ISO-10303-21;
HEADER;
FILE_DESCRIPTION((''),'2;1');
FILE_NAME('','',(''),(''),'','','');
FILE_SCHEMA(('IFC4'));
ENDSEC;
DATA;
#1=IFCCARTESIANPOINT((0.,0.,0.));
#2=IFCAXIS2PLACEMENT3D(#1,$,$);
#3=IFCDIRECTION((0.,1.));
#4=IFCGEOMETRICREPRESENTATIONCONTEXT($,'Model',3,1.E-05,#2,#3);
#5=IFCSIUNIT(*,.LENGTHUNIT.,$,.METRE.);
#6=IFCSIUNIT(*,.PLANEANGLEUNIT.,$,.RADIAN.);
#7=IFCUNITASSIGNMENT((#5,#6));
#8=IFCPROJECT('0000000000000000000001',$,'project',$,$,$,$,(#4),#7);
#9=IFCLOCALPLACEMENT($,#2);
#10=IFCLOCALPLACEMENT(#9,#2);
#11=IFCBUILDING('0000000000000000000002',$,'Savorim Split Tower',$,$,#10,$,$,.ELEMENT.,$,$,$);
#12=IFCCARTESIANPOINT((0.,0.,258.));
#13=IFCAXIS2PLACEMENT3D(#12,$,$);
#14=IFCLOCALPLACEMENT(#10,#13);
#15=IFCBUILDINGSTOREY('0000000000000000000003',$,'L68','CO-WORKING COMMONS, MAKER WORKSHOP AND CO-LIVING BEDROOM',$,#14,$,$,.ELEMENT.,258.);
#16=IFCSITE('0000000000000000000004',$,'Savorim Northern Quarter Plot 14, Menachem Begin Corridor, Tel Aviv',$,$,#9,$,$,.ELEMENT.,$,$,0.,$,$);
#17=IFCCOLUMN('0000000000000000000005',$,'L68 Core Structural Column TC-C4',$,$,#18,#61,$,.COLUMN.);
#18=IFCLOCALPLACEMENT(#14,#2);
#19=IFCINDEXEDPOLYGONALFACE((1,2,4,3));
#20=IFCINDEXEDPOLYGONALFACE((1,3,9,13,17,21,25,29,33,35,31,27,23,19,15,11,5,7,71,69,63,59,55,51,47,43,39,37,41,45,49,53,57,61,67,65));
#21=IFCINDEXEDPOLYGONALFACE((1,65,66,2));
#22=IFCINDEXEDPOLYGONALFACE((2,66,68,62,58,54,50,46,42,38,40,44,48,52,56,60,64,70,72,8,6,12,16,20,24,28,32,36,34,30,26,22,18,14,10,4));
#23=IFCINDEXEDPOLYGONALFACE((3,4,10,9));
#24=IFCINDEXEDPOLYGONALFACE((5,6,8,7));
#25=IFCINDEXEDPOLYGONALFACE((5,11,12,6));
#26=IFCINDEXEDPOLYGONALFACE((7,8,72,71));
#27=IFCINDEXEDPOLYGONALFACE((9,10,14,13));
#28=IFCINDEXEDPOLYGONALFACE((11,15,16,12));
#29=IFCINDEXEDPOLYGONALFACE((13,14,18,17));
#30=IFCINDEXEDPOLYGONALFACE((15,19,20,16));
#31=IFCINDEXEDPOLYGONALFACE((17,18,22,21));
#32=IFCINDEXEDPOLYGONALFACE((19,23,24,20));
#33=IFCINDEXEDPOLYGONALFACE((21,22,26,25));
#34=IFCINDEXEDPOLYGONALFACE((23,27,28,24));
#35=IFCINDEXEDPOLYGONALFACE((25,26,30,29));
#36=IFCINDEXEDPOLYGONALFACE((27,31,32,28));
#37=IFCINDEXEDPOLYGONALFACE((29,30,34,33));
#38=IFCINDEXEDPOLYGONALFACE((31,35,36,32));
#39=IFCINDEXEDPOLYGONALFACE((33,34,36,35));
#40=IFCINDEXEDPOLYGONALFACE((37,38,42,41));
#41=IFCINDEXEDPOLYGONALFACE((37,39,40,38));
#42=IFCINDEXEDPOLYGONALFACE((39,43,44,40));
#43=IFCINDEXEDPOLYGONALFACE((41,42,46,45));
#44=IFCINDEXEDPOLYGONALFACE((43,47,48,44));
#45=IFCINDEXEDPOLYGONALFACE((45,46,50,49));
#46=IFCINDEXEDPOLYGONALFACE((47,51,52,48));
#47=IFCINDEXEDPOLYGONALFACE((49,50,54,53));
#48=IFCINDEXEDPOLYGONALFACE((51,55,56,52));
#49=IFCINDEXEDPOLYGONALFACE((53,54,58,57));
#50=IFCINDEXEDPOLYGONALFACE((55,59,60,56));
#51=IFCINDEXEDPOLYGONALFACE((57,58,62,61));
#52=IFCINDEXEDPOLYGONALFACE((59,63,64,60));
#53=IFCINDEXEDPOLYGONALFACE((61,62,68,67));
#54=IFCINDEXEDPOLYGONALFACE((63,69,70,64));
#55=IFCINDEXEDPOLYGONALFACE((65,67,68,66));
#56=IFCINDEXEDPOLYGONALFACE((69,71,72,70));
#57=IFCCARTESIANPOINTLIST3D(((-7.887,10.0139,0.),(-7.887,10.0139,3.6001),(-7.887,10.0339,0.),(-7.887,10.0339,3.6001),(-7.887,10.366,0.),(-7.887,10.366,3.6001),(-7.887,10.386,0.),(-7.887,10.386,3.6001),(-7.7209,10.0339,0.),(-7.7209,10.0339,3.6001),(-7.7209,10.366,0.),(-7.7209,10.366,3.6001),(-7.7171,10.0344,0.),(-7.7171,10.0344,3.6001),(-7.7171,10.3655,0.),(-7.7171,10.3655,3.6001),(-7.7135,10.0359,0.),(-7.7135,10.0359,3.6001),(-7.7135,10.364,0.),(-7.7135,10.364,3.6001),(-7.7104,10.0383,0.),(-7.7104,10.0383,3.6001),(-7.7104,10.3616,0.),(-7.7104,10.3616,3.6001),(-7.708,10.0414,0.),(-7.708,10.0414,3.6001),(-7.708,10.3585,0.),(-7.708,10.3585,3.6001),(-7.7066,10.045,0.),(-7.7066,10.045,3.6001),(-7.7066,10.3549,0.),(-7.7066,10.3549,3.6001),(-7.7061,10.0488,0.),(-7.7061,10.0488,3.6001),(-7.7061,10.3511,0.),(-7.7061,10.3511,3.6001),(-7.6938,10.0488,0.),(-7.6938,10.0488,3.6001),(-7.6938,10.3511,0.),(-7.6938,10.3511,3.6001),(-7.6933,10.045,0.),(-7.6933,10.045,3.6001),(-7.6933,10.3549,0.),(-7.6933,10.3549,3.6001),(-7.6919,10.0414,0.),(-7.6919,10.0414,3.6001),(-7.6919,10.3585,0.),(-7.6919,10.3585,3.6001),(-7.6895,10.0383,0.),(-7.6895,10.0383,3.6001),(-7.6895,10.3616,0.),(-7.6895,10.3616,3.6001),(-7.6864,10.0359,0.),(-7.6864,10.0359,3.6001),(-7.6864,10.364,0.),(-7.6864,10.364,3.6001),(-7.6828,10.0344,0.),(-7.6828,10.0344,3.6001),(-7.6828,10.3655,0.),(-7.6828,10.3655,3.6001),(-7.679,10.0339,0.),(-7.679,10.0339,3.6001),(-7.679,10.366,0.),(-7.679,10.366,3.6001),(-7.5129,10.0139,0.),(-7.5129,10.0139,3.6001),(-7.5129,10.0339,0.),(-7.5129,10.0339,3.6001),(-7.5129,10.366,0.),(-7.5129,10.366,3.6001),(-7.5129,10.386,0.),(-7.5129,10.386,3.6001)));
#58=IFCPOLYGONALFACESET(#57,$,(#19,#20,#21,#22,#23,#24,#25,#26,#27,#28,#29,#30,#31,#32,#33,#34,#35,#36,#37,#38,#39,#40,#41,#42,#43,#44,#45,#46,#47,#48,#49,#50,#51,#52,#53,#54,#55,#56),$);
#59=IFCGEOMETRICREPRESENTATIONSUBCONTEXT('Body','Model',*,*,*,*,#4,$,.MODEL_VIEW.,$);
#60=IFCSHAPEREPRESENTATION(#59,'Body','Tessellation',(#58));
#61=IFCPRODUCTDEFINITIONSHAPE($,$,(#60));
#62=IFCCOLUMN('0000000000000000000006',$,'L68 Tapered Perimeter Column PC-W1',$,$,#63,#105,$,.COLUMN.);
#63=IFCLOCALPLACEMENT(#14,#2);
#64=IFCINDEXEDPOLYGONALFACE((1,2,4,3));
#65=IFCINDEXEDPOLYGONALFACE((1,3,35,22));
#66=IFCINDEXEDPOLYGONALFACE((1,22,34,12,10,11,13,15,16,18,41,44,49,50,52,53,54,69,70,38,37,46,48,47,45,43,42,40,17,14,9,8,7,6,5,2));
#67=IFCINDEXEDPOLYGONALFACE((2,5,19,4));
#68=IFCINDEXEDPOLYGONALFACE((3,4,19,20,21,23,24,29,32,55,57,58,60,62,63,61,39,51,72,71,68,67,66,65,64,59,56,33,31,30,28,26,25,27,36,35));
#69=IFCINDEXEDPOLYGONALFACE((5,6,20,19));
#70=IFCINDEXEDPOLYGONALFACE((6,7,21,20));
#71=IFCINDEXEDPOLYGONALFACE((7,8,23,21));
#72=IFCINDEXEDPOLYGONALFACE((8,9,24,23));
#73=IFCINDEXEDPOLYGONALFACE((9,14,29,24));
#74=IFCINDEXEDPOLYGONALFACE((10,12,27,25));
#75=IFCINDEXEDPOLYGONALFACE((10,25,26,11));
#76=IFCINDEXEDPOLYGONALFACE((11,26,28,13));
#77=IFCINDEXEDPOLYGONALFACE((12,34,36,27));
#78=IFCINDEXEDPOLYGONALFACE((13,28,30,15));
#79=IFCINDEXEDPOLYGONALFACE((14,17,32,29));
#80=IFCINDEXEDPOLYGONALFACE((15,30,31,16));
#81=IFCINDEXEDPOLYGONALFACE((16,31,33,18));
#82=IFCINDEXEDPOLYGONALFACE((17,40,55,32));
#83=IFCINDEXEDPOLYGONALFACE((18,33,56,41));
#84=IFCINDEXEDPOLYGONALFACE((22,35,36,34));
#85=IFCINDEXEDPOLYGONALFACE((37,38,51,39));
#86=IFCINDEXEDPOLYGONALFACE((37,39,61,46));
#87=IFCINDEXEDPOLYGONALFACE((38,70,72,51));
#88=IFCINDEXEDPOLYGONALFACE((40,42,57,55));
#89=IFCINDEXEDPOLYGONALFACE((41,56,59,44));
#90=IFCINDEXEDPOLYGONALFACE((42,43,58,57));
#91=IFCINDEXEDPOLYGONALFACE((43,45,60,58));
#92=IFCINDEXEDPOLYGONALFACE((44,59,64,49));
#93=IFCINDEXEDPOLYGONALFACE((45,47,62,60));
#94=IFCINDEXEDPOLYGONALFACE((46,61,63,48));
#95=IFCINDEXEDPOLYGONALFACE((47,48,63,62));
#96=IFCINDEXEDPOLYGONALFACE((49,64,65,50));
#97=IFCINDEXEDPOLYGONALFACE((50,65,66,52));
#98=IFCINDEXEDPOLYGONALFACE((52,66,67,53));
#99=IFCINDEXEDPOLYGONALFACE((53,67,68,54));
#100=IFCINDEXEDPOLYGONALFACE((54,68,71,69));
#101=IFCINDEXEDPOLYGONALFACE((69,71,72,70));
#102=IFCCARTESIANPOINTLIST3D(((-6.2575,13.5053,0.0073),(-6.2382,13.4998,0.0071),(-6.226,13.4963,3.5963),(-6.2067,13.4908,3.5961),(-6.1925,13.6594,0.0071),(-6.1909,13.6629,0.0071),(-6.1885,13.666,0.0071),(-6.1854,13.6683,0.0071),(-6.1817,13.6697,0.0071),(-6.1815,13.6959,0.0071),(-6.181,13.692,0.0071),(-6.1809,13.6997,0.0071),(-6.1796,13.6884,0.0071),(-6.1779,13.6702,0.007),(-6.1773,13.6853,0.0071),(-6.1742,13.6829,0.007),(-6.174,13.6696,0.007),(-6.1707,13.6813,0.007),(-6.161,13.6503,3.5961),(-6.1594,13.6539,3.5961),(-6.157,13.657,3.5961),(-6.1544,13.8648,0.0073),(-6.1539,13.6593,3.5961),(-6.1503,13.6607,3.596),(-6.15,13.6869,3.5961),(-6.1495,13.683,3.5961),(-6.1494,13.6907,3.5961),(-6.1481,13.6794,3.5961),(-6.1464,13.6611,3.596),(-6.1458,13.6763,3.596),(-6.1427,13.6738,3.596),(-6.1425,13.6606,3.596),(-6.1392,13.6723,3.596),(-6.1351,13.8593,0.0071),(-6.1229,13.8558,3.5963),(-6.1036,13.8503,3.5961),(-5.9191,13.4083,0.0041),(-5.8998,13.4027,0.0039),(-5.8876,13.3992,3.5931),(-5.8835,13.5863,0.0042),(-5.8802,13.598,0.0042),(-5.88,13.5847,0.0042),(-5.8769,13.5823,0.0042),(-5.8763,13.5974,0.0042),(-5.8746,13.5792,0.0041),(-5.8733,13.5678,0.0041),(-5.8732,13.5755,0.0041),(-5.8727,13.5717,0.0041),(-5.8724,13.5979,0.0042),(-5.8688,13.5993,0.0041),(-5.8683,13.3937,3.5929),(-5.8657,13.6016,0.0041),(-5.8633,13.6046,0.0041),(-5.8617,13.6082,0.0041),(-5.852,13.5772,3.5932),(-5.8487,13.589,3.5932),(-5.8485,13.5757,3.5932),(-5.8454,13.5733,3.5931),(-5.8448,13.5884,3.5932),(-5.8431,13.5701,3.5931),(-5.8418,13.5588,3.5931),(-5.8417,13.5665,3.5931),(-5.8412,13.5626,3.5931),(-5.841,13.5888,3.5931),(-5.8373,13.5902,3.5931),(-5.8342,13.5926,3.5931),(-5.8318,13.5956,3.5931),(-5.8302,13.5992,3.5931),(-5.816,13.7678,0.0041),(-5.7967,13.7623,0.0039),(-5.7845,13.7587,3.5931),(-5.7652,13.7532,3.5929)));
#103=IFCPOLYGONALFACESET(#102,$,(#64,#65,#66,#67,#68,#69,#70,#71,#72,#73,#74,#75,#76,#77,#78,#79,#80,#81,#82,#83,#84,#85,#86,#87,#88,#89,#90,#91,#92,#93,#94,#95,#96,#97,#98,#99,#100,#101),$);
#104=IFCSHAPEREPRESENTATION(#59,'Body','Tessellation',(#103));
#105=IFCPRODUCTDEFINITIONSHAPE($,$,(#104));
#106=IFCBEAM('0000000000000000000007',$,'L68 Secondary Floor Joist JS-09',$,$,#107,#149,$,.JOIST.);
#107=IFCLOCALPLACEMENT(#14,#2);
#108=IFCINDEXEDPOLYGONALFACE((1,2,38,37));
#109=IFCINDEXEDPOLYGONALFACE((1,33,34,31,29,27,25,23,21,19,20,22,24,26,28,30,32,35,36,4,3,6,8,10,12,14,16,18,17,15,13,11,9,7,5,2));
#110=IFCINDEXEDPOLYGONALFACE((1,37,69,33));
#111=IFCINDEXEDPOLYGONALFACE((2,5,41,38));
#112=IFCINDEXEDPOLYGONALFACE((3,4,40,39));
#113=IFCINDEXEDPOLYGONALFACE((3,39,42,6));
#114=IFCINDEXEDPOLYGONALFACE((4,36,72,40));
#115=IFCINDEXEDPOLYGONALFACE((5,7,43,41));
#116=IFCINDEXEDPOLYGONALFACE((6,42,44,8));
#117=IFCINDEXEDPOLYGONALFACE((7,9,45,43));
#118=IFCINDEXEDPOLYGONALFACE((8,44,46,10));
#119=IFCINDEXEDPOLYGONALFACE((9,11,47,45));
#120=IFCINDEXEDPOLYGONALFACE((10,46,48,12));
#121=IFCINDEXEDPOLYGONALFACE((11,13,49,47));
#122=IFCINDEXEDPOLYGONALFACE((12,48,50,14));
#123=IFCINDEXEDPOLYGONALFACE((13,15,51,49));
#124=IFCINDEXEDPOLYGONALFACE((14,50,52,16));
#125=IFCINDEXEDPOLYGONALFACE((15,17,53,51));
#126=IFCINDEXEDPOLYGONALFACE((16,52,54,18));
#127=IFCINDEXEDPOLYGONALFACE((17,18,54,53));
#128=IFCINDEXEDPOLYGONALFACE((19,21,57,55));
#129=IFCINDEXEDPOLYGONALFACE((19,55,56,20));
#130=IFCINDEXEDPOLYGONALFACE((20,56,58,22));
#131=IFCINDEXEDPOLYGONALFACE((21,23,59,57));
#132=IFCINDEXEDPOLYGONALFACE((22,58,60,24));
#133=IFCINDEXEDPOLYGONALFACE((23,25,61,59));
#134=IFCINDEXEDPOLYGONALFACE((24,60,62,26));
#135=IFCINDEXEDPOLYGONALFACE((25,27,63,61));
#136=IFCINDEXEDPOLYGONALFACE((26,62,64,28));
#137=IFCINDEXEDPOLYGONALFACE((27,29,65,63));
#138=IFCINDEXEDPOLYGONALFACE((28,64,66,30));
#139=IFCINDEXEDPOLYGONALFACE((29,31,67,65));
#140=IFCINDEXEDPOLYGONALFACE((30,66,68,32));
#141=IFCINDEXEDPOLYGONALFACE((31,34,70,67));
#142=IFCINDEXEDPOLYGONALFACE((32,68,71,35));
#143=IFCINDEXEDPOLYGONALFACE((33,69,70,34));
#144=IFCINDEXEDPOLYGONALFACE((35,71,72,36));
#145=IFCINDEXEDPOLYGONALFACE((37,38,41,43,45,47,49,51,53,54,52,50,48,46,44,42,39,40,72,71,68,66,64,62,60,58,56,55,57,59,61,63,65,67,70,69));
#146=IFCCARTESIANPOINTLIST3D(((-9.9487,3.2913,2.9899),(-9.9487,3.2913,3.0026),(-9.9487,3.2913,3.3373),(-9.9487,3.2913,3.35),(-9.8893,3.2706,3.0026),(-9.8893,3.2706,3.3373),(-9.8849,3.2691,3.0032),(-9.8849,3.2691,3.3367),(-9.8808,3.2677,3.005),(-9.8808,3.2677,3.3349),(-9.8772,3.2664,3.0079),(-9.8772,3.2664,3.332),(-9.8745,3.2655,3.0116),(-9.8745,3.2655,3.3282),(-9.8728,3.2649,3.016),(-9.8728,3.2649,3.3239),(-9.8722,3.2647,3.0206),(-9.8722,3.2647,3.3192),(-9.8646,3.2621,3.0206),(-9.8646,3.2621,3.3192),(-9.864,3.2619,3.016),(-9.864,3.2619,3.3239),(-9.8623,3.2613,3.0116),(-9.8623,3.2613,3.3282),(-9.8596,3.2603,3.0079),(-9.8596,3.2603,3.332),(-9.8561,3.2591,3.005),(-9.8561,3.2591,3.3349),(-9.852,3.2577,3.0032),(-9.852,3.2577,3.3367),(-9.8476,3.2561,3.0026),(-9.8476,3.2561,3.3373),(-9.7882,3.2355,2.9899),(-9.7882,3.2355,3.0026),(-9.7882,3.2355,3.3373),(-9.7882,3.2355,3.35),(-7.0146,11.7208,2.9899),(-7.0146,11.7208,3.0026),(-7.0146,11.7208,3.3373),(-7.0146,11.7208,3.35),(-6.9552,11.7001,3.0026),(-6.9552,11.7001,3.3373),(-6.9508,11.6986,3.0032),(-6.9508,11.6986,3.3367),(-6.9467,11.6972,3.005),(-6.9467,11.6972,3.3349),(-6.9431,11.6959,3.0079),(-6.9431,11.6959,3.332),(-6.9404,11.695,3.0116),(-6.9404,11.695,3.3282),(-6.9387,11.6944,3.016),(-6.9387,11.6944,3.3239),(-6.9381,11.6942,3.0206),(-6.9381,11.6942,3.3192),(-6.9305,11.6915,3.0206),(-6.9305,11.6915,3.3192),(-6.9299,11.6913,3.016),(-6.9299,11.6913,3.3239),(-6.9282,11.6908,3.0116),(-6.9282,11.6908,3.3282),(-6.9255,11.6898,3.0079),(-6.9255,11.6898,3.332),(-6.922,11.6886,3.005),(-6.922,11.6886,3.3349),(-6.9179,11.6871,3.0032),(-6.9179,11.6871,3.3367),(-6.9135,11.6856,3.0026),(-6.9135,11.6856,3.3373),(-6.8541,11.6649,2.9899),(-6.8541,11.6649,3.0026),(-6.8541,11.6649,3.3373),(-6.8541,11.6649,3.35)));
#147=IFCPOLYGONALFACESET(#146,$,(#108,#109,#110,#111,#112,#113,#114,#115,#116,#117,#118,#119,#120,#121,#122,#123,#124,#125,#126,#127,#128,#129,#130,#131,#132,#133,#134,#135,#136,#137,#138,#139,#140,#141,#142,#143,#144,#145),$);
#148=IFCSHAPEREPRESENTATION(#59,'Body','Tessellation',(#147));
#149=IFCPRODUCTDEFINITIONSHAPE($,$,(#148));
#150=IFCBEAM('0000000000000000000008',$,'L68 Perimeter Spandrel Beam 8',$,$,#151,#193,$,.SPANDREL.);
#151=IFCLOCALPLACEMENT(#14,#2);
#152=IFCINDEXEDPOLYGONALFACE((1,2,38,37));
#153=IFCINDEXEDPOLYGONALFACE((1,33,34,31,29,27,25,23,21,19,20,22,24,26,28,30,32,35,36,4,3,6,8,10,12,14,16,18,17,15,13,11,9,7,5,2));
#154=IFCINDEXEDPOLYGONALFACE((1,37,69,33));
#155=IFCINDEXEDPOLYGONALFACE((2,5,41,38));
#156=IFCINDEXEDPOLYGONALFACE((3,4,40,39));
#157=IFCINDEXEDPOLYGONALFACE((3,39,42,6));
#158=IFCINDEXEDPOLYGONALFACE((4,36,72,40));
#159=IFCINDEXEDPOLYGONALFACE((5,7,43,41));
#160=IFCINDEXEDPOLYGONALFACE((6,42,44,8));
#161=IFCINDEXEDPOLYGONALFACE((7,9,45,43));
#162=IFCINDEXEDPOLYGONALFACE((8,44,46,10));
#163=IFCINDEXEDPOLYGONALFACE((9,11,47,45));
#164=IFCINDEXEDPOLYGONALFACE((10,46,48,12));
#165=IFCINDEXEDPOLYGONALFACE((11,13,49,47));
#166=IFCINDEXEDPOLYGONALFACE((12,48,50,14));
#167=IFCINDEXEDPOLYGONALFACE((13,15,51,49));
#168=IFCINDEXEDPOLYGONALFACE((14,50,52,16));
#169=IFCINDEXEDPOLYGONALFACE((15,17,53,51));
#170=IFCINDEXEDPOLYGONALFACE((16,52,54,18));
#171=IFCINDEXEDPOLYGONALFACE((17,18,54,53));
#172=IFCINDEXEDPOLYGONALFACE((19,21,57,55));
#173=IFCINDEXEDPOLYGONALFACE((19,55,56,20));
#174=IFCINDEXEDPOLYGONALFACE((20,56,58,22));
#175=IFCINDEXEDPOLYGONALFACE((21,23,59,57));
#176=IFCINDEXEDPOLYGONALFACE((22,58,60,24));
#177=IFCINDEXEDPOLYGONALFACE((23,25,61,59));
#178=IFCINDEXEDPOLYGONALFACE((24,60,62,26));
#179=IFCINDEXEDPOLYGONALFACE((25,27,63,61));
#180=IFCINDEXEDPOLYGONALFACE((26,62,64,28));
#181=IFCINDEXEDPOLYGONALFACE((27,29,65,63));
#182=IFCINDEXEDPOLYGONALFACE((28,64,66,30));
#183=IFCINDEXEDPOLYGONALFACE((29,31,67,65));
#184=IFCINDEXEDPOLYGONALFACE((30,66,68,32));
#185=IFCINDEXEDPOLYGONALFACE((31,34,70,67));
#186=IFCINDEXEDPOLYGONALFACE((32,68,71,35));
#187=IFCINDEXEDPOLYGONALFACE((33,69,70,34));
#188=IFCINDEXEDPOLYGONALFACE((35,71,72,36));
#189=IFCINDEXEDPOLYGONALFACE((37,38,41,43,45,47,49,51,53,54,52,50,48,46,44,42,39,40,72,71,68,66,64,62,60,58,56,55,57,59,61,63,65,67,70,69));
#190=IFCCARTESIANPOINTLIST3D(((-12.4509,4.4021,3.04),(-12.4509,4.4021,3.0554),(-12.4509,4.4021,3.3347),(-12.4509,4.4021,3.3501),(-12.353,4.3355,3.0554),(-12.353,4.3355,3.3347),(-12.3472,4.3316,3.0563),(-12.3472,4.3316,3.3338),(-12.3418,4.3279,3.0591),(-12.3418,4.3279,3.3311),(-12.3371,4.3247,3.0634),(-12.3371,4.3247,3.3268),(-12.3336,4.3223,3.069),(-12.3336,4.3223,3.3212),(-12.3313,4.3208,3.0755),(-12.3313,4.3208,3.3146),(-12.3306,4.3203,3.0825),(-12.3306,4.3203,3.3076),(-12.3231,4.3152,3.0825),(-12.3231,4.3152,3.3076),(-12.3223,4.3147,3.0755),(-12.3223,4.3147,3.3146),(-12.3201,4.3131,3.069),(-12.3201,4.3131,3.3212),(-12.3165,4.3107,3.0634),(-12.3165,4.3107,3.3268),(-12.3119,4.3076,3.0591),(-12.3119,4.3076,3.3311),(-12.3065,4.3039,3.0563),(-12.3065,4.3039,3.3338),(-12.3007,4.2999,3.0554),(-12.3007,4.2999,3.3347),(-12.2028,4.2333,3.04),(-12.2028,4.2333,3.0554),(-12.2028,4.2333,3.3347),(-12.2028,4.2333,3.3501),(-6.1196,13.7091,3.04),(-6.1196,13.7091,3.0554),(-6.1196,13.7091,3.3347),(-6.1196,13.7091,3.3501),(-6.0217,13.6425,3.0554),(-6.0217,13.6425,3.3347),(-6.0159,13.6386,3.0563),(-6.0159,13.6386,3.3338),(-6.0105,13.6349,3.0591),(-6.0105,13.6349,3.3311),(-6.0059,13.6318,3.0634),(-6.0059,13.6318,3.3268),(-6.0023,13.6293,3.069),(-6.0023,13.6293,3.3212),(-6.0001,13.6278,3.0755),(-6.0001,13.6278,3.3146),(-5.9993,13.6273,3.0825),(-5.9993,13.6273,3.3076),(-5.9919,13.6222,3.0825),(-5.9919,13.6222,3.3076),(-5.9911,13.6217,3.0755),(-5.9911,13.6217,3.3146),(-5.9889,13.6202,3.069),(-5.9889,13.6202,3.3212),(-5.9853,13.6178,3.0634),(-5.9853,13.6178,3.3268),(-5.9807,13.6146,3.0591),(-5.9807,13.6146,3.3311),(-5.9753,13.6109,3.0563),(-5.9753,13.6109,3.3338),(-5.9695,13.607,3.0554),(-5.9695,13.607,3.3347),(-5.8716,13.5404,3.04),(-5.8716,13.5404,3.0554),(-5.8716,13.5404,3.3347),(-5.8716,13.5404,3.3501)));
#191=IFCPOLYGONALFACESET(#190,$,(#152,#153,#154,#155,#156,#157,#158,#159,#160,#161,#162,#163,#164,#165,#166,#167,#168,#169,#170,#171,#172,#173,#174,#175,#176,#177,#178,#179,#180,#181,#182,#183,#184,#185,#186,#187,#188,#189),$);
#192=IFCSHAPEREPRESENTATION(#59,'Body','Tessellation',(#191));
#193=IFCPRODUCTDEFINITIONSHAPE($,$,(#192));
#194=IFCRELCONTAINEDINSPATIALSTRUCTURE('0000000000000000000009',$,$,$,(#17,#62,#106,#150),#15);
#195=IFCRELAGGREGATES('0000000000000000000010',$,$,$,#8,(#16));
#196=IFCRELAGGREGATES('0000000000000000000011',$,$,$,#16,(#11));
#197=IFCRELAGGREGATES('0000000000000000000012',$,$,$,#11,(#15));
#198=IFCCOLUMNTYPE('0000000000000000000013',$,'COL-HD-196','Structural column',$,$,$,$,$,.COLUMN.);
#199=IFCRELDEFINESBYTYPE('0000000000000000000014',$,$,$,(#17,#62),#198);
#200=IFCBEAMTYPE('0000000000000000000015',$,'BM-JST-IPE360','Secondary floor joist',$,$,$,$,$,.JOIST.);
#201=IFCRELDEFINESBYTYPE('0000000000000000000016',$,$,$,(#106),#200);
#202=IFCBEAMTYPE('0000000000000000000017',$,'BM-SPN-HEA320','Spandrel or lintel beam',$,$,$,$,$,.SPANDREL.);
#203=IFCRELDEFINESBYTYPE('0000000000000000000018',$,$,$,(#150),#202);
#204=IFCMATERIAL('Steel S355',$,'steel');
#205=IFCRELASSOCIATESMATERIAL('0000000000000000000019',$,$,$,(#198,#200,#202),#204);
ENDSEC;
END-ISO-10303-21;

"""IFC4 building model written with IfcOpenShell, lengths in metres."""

from ifc_helpers import new_model, si_unit, direction, frame, origin, origin_2d, place, context, subcontext, project, spatial, i_section, extrude, material, material_profile, profile_set, type_object, element, save


model = new_model("IFC4")

# Units and contexts
model_context = context("Model", 3, precision=1e-05, world=origin(), true_north=direction((0.0, 1.0)))
body_context = subcontext(model_context, "Body", "Model", "MODEL_VIEW")
ifc_project = project(units=[si_unit("LENGTHUNIT", "METRE"), si_unit("PLANEANGLEUNIT", "RADIAN")], contexts=[model_context])

# Site, building, storey
site_placement = place(None, origin())
site = spatial("IfcSite", under=ifc_project, at=site_placement, Name="Savorim Northern Quarter Plot 14, Menachem Begin Corridor, Tel Aviv", CompositionType="ELEMENT", RefElevation=0.0)
building_placement = place(site_placement, origin())
building = spatial("IfcBuilding", under=site, at=building_placement, Name="Savorim Split Tower", CompositionType="ELEMENT")
storey_placement = place(building_placement, frame((0.0, 0.0, 258.0)))
storey = spatial("IfcBuildingStorey", under=building, at=storey_placement, Name="L68", Description="CO-WORKING COMMONS, MAKER WORKSHOP AND CO-LIVING BEDROOM", CompositionType="ELEMENT", Elevation=258.0)

# Columns
ifc_material_1 = material(Name="Steel S355", Category="steel")
ifc_material_profile_1 = material_profile(ifc_material_1, i_section(OverallWidth=0.374, OverallDepth=0.3721, WebThickness=0.0122, FlangeThickness=0.02, FilletRadius=0.0149, at=origin_2d()), Name="HD 360x196")
ifc_profile_set_1 = profile_set([ifc_material_profile_1], Name="Steel S355")
column_type = type_object("IfcColumnType", Name="COL-HD-196", Description="Structural column", PredefinedType="COLUMN", material=ifc_profile_set_1)
column_1_placement = place(storey_placement, frame((-7.7, 10.2, 0.0), z_axis=(0.0, 0.0, 1.0), x_axis=(1.0, 0.0, 0.0)))
element("IfcColumn", 1, at=column_1_placement, inside=storey, type_object=column_type, Name="L68 Core Structural Column TC-C4", PredefinedType="COLUMN", context=body_context, shape_type="SweptSolid", body=[
    extrude(i_section(OverallWidth=0.374, OverallDepth=0.3721, WebThickness=0.0122, FlangeThickness=0.02, FilletRadius=0.0149, at=origin_2d()), origin(), (0.0, 0.0, 1.0), 3.6001),
])
column_2_placement = place(storey_placement, frame((-6.0271, 13.6338, 0.0056), z_axis=(0.008775, -0.002517, 0.999958), x_axis=(0.275705, 0.961242, 0.0)))
element("IfcColumn", 2, at=column_2_placement, inside=storey, type_object=column_type, Name="L68 Tapered Perimeter Column PC-W1", PredefinedType="COLUMN", context=body_context, shape_type="SweptSolid", body=[
    extrude(i_section(OverallWidth=0.374, OverallDepth=0.3721, WebThickness=0.0122, FlangeThickness=0.02, FilletRadius=0.0149, at=origin_2d()), origin(), (0.0, 0.0, 1.0), 3.5891),
])

# Beams
ifc_material_profile_2 = material_profile(ifc_material_1, i_section(OverallWidth=0.1699, OverallDepth=0.3601, WebThickness=0.0081, FlangeThickness=0.0127, FilletRadius=0.0181, at=origin_2d()), Name="IPE 360")
ifc_profile_set_2 = profile_set([ifc_material_profile_2], Name="Steel S355")
beam_type_1 = type_object("IfcBeamType", Name="BM-JST-IPE360", Description="Secondary floor joist", PredefinedType="JOIST", material=ifc_profile_set_2)
beam_1_placement = place(storey_placement, frame((-6.9343, 11.6929, 3.1699), z_axis=(-0.328731, -0.944424, 0.0), x_axis=(0.944424, -0.328731, 0.0)))
element("IfcBeam", 3, at=beam_1_placement, inside=storey, type_object=beam_type_1, Name="L68 Secondary Floor Joist JS-09", PredefinedType="JOIST", context=body_context, shape_type="SweptSolid", body=[
    extrude(i_section(OverallWidth=0.1699, OverallDepth=0.3601, WebThickness=0.0081, FlangeThickness=0.0127, FilletRadius=0.0181, at=origin_2d()), origin(), (0.0, 0.0, 1.0), 8.9255),
])
ifc_material_profile_3 = material_profile(ifc_material_1, i_section(OverallWidth=0.3, OverallDepth=0.3101, WebThickness=0.009, FlangeThickness=0.0154, FilletRadius=0.0271, at=origin_2d()), Name="HEA 320")
ifc_profile_set_3 = profile_set([ifc_material_profile_3], Name="Steel S355")
beam_type_2 = type_object("IfcBeamType", Name="BM-SPN-HEA320", Description="Spandrel or lintel beam", PredefinedType="SPANDREL", material=ifc_profile_set_3)
beam_2_placement = place(storey_placement, frame((-5.9956, 13.6248, 3.1951), z_axis=(-0.562459, -0.826825, 0.0), x_axis=(0.826825, -0.562459, 0.0)))
element("IfcBeam", 4, at=beam_2_placement, inside=storey, type_object=beam_type_2, Name="L68 Perimeter Spandrel Beam 8", PredefinedType="SPANDREL", context=body_context, shape_type="SweptSolid", body=[
    extrude(i_section(OverallWidth=0.3, OverallDepth=0.3101, WebThickness=0.009, FlangeThickness=0.0154, FilletRadius=0.0271, at=origin_2d()), origin(), (0.0, 0.0, 1.0), 11.2563),
])

save(model, "model.ifc")
